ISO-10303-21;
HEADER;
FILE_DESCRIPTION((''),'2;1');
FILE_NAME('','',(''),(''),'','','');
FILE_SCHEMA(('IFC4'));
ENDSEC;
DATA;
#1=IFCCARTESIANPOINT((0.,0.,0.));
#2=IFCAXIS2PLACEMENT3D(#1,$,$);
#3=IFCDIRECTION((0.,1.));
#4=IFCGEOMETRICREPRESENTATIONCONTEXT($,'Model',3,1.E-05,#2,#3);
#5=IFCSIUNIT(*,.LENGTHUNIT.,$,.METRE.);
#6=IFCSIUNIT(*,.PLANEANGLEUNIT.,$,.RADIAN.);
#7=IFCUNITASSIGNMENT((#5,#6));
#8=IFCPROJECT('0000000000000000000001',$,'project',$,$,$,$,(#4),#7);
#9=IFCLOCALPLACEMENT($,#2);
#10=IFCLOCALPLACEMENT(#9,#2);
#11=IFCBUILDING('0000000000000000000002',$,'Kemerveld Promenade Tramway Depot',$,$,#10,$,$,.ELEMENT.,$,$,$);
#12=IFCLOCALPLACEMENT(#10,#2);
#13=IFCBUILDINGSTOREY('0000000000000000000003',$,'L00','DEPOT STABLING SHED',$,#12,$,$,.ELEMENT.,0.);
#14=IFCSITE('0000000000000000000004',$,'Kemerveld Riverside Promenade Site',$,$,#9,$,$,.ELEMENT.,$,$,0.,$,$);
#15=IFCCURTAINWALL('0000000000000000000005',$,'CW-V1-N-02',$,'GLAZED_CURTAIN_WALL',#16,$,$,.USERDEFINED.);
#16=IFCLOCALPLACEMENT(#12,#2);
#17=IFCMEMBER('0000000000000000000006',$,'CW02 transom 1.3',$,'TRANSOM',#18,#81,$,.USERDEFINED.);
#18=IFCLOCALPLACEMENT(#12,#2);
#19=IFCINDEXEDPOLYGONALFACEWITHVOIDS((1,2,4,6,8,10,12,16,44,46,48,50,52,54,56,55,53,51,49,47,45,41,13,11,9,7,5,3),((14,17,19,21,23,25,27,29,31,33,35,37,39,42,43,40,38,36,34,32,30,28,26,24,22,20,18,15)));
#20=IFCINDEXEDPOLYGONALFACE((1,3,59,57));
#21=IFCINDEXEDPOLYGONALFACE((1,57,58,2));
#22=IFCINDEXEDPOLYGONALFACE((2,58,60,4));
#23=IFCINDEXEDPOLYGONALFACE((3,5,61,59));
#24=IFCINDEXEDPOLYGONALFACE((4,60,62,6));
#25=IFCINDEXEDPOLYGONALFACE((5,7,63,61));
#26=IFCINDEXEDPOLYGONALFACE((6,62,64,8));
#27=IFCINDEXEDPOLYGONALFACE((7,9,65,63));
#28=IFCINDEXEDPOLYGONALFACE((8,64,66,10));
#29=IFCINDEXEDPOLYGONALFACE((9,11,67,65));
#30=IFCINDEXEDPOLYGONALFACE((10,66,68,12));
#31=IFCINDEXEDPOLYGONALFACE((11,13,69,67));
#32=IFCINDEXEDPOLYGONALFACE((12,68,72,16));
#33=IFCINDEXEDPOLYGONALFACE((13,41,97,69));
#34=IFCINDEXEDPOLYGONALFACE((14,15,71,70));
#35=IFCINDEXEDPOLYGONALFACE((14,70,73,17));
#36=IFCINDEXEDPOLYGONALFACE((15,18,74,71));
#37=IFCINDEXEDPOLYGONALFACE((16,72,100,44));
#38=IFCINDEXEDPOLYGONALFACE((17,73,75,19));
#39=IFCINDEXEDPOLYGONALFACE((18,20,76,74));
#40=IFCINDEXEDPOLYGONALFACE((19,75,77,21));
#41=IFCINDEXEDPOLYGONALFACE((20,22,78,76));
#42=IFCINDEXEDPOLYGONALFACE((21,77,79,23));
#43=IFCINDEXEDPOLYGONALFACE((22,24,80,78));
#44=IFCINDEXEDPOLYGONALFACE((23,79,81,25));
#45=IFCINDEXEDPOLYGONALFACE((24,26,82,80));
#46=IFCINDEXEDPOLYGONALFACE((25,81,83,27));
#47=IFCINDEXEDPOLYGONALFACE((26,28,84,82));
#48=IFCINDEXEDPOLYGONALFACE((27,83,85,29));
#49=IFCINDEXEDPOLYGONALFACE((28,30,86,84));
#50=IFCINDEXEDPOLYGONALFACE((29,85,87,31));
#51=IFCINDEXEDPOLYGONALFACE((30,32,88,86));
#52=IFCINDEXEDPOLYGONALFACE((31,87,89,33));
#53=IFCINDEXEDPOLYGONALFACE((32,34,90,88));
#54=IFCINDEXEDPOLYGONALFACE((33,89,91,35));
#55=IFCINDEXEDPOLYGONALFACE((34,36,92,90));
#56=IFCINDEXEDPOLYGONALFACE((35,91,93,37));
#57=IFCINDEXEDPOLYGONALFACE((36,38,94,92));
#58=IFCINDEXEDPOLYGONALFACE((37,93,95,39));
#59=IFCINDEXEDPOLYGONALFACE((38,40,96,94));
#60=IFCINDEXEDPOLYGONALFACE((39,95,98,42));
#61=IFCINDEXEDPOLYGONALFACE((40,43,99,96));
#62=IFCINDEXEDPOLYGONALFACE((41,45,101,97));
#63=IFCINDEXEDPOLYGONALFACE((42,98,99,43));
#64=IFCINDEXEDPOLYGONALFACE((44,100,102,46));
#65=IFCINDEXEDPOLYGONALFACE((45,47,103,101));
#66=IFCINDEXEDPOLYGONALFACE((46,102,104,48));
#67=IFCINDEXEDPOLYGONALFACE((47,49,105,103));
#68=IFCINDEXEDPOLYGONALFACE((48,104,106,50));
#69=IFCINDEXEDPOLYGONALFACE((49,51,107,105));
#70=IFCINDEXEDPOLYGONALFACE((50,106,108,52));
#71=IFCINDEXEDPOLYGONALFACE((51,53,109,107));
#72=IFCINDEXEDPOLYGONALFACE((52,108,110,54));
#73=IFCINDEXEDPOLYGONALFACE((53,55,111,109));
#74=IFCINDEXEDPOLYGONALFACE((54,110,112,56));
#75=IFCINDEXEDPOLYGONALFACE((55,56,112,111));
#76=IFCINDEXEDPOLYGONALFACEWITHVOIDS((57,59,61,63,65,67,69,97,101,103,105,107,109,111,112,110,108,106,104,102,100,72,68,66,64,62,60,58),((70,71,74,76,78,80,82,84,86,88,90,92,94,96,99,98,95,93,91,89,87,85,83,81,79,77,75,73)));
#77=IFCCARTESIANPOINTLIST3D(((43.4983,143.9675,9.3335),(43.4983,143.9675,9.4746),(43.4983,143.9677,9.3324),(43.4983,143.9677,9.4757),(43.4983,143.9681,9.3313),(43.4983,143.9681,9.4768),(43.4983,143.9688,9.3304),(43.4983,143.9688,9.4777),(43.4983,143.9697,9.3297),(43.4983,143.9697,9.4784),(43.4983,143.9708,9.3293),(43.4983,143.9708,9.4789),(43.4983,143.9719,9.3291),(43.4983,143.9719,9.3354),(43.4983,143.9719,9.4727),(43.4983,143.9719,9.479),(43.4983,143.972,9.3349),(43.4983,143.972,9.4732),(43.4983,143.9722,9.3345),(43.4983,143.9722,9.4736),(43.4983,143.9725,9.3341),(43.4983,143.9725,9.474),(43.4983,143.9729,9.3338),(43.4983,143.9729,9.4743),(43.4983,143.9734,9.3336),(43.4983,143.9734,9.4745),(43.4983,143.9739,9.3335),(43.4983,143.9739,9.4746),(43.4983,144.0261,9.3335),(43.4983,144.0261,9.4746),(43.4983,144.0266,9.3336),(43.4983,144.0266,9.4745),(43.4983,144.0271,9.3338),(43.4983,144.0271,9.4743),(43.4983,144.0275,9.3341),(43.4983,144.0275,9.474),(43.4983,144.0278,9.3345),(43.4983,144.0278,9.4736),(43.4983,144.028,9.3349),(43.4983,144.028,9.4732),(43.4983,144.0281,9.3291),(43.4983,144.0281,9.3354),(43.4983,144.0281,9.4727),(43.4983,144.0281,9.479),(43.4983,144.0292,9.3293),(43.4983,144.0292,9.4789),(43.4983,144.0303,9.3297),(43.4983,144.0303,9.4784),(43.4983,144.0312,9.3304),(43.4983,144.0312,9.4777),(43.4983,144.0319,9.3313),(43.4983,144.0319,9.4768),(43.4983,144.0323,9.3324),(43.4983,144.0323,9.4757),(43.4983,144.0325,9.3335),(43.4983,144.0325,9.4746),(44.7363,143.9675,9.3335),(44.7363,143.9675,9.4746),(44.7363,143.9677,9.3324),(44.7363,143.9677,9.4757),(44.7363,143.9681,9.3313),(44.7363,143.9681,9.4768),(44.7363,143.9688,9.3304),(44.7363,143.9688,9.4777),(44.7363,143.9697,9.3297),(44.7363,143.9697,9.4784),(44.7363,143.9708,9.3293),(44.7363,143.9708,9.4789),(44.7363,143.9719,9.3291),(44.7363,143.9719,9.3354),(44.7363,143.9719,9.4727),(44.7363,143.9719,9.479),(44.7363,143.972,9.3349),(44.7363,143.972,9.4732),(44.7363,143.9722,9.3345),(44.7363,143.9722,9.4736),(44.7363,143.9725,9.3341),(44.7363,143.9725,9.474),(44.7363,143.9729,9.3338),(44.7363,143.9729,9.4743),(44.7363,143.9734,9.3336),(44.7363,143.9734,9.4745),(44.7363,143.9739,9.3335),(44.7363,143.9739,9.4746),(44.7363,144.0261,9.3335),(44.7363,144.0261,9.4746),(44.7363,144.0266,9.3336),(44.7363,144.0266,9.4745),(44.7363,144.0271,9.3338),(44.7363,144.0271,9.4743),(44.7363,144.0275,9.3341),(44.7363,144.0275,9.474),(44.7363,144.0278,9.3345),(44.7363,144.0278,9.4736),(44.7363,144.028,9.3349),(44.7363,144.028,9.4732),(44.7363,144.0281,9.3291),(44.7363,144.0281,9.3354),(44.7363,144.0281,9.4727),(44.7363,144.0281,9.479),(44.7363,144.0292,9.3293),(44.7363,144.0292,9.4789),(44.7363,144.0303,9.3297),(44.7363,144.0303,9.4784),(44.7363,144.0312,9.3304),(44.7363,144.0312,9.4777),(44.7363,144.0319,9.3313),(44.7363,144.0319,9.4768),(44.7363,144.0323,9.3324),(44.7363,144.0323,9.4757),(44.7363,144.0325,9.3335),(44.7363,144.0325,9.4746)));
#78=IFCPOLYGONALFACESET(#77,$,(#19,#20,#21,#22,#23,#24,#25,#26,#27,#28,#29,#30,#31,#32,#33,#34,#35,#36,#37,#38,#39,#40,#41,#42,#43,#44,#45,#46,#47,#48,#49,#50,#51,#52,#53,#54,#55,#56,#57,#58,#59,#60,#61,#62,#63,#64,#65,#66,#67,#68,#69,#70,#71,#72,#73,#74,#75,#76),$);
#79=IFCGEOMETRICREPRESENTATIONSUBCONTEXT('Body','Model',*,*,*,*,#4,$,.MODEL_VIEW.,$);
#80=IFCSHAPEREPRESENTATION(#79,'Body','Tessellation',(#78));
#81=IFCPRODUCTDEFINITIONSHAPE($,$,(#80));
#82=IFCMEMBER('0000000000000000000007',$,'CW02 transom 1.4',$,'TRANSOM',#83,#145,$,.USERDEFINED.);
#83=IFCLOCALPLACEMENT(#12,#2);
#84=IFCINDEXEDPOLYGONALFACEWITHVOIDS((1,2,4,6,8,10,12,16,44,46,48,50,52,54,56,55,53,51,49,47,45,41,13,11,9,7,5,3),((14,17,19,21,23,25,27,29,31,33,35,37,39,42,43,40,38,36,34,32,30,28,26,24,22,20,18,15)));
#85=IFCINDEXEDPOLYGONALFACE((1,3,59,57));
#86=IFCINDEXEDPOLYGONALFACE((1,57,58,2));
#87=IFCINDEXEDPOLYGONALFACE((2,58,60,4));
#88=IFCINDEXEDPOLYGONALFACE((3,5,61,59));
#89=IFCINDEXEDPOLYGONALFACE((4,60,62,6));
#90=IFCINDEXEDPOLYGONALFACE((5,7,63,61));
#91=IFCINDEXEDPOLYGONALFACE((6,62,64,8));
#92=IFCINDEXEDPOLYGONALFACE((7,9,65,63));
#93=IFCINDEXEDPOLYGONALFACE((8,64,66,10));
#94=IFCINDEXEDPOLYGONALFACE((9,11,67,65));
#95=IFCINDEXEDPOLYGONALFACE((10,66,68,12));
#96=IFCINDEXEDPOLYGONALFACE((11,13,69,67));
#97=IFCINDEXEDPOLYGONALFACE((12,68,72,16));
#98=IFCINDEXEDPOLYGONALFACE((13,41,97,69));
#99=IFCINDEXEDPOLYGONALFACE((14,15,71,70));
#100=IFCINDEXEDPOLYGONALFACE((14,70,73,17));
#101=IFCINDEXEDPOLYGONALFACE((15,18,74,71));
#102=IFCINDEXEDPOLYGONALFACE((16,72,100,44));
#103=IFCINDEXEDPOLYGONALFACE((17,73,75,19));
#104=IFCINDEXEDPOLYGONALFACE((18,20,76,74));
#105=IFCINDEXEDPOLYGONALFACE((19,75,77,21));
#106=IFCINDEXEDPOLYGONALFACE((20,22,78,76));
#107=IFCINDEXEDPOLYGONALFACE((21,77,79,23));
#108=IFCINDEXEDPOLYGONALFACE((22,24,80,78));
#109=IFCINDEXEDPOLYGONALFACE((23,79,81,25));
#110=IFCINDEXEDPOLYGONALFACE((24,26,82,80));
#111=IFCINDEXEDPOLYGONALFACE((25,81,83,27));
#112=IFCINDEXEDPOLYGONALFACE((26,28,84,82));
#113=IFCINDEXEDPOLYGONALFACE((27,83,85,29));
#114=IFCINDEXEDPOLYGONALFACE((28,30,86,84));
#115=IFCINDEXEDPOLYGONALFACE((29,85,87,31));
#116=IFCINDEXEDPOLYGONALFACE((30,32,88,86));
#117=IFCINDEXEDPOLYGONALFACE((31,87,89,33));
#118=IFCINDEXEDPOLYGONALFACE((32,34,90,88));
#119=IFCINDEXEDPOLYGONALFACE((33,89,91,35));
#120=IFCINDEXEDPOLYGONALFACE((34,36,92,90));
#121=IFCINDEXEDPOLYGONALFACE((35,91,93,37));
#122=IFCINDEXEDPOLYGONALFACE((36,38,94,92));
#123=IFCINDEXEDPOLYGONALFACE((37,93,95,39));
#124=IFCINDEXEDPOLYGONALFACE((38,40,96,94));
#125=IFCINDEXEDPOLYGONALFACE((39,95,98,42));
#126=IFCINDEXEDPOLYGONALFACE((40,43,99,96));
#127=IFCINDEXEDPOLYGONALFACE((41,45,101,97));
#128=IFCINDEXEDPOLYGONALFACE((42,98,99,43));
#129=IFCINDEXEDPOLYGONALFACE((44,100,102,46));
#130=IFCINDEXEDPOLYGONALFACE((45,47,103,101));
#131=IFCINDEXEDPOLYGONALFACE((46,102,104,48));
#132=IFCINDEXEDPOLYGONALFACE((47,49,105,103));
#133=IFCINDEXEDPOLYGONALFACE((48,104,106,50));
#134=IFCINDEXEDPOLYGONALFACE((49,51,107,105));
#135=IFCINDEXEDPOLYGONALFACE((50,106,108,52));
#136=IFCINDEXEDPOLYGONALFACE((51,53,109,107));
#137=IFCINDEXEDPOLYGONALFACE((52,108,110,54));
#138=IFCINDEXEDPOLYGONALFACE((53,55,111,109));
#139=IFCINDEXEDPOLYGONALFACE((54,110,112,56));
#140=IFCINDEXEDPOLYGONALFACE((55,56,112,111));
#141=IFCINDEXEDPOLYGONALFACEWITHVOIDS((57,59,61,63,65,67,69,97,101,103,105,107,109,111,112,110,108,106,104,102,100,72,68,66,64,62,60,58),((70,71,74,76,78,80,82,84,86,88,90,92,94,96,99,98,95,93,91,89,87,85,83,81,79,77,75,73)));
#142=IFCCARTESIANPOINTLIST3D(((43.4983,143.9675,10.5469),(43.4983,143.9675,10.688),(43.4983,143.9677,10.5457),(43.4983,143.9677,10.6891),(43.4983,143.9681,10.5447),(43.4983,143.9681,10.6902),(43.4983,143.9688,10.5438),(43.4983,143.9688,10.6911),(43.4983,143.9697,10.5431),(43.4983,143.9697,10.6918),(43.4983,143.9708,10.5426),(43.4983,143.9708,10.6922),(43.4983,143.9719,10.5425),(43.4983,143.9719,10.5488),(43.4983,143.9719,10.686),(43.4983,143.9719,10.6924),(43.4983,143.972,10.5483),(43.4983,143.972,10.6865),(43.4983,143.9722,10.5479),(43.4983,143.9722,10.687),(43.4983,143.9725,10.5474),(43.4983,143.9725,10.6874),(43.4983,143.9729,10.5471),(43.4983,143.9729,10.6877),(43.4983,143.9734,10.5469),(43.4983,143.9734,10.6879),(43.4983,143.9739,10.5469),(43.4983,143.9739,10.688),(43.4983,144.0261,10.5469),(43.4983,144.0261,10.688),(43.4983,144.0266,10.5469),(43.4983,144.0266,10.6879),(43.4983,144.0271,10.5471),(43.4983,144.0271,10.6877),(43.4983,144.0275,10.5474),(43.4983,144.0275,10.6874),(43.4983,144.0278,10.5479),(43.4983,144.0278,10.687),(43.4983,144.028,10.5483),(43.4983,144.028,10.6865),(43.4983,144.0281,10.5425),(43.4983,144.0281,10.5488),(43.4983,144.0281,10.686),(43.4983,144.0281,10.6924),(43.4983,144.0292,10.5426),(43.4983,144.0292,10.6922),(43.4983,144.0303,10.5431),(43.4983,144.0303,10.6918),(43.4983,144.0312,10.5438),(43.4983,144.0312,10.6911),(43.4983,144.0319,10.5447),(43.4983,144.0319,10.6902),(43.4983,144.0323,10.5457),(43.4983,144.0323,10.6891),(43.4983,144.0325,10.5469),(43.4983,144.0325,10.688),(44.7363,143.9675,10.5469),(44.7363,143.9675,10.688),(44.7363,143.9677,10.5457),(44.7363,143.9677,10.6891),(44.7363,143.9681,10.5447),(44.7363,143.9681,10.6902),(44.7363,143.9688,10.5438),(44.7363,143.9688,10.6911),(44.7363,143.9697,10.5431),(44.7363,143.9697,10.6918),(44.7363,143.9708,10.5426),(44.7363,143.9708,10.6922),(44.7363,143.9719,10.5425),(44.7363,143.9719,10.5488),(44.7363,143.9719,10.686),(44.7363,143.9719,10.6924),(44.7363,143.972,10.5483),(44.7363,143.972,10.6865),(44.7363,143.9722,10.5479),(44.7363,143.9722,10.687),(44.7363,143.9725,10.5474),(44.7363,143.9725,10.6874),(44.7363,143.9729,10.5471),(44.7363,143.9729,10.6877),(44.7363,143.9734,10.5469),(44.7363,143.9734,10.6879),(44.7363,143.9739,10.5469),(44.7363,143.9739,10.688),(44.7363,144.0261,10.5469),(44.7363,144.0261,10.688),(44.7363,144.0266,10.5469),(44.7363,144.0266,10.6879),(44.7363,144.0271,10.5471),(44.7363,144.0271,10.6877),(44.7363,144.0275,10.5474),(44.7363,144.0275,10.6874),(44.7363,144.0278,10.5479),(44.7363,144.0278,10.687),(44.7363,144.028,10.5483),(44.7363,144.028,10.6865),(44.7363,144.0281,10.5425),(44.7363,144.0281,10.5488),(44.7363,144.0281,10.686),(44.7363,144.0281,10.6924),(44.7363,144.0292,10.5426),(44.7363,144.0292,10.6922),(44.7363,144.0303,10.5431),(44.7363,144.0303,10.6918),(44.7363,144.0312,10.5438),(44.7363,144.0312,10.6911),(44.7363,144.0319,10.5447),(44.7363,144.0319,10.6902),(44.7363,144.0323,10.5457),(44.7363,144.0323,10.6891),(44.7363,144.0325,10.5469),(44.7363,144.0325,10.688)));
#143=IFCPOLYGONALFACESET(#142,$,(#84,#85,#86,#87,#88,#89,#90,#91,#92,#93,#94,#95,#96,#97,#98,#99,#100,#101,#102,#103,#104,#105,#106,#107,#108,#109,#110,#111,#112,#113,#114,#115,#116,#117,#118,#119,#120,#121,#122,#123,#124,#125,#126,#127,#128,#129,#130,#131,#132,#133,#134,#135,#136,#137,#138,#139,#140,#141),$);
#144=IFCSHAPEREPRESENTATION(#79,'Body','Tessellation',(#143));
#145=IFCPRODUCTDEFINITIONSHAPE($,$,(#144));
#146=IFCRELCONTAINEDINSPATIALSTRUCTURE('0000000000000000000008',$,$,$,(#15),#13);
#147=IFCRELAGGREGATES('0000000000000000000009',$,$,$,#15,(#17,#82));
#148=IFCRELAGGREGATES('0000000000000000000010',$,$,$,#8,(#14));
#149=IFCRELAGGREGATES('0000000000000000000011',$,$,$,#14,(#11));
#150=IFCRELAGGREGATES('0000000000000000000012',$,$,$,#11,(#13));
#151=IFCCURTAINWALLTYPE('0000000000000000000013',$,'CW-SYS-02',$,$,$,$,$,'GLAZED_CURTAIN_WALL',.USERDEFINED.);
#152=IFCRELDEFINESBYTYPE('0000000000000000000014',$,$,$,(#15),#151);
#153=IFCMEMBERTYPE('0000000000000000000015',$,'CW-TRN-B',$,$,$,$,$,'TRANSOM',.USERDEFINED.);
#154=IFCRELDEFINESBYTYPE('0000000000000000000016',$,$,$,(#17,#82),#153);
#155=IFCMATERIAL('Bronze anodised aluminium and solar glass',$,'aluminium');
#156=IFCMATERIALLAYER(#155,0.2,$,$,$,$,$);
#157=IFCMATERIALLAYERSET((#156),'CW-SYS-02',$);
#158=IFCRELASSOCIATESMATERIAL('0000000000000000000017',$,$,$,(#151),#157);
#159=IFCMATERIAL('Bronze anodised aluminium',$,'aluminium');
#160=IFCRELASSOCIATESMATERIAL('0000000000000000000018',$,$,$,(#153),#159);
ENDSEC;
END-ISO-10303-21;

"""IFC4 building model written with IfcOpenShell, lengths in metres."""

from ifc_helpers import new_model, si_unit, direction, frame, origin, origin_2d, place, context, subcontext, project, spatial, hollow_rectangle, extrude, material, layer, layer_set, material_profile, profile_set, type_object, element, aggregate, save


model = new_model("IFC4")

# Units and contexts
model_context = context("Model", 3, precision=1e-05, world=origin(), true_north=direction((0.0, 1.0)))
body_context = subcontext(model_context, "Body", "Model", "MODEL_VIEW")
ifc_project = project(units=[si_unit("LENGTHUNIT", "METRE"), si_unit("PLANEANGLEUNIT", "RADIAN")], contexts=[model_context])

# Site, building, storey
site_placement = place(None, origin())
site = spatial("IfcSite", under=ifc_project, at=site_placement, Name="Kemerveld Riverside Promenade Site", CompositionType="ELEMENT", RefElevation=0.0)
building_placement = place(site_placement, origin())
building = spatial("IfcBuilding", under=site, at=building_placement, Name="Kemerveld Promenade Tramway Depot", CompositionType="ELEMENT")
storey_placement = place(building_placement, origin())
storey = spatial("IfcBuildingStorey", under=building, at=storey_placement, Name="L00", Description="DEPOT STABLING SHED", CompositionType="ELEMENT", Elevation=0.0)

# Curtain wall, members
ifc_material_1 = material(Name="Bronze anodised aluminium and solar glass", Category="aluminium")
ifc_material_2 = material(Name="Bronze anodised aluminium", Category="aluminium")
ifc_layer_1 = layer(ifc_material_1, 0.2)
ifc_layer_set_1 = layer_set([ifc_layer_1], Name="CW-SYS-02")
curtain_wall_type_1 = type_object("IfcCurtainWallType", Name="CW-SYS-02", ElementType="GLAZED_CURTAIN_WALL", PredefinedType="USERDEFINED", material=ifc_layer_set_1)
curtain_wall_1_placement = place(storey_placement, origin())
curtain_wall_1 = element("IfcCurtainWall", 1, at=curtain_wall_1_placement, inside=storey, type_object=curtain_wall_type_1, Name="CW-V1-N-02", ObjectType="GLAZED_CURTAIN_WALL", PredefinedType="USERDEFINED")
ifc_material_profile_1 = material_profile(ifc_material_2, hollow_rectangle(XDim=0.0649, YDim=0.1499, WallThickness=0.0044, InnerFilletRadius=0.002, OuterFilletRadius=0.0044, at=origin_2d()), Name="CW-TRN-150x65")
ifc_profile_set_1 = profile_set([ifc_material_profile_1], Name="Bronze anodised aluminium")
member_type_1 = type_object("IfcMemberType", Name="CW-TRN-B", ElementType="TRANSOM", PredefinedType="USERDEFINED", material=ifc_profile_set_1)
member_1_placement = place(storey_placement, frame((43.4983, 144.0, 9.4041), z_axis=(1.0, 0.0, 0.0), x_axis=(0.0, 1.0, 0.0)))
member_1 = element("IfcMember", 2, at=member_1_placement, type_object=member_type_1, Name="CW02 transom 1.3", ObjectType="TRANSOM", PredefinedType="USERDEFINED", context=body_context, shape_type="SweptSolid", body=[
    extrude(hollow_rectangle(XDim=0.0649, YDim=0.1499, WallThickness=0.0044, InnerFilletRadius=0.002, OuterFilletRadius=0.0044, at=origin_2d()), origin(), (0.0, 0.0, 1.0), 1.238),
])
member_2_placement = place(storey_placement, frame((43.4983, 144.0, 10.6174), z_axis=(1.0, 0.0, 0.0), x_axis=(0.0, 1.0, 0.0)))
member_2 = element("IfcMember", 3, at=member_2_placement, type_object=member_type_1, Name="CW02 transom 1.4", ObjectType="TRANSOM", PredefinedType="USERDEFINED", context=body_context, shape_type="SweptSolid", body=[
    extrude(hollow_rectangle(XDim=0.0649, YDim=0.1499, WallThickness=0.0044, InnerFilletRadius=0.002, OuterFilletRadius=0.0044, at=origin_2d()), origin(), (0.0, 0.0, 1.0), 1.238),
])

aggregate(curtain_wall_1, [member_1, member_2])

save(model, "model.ifc")
